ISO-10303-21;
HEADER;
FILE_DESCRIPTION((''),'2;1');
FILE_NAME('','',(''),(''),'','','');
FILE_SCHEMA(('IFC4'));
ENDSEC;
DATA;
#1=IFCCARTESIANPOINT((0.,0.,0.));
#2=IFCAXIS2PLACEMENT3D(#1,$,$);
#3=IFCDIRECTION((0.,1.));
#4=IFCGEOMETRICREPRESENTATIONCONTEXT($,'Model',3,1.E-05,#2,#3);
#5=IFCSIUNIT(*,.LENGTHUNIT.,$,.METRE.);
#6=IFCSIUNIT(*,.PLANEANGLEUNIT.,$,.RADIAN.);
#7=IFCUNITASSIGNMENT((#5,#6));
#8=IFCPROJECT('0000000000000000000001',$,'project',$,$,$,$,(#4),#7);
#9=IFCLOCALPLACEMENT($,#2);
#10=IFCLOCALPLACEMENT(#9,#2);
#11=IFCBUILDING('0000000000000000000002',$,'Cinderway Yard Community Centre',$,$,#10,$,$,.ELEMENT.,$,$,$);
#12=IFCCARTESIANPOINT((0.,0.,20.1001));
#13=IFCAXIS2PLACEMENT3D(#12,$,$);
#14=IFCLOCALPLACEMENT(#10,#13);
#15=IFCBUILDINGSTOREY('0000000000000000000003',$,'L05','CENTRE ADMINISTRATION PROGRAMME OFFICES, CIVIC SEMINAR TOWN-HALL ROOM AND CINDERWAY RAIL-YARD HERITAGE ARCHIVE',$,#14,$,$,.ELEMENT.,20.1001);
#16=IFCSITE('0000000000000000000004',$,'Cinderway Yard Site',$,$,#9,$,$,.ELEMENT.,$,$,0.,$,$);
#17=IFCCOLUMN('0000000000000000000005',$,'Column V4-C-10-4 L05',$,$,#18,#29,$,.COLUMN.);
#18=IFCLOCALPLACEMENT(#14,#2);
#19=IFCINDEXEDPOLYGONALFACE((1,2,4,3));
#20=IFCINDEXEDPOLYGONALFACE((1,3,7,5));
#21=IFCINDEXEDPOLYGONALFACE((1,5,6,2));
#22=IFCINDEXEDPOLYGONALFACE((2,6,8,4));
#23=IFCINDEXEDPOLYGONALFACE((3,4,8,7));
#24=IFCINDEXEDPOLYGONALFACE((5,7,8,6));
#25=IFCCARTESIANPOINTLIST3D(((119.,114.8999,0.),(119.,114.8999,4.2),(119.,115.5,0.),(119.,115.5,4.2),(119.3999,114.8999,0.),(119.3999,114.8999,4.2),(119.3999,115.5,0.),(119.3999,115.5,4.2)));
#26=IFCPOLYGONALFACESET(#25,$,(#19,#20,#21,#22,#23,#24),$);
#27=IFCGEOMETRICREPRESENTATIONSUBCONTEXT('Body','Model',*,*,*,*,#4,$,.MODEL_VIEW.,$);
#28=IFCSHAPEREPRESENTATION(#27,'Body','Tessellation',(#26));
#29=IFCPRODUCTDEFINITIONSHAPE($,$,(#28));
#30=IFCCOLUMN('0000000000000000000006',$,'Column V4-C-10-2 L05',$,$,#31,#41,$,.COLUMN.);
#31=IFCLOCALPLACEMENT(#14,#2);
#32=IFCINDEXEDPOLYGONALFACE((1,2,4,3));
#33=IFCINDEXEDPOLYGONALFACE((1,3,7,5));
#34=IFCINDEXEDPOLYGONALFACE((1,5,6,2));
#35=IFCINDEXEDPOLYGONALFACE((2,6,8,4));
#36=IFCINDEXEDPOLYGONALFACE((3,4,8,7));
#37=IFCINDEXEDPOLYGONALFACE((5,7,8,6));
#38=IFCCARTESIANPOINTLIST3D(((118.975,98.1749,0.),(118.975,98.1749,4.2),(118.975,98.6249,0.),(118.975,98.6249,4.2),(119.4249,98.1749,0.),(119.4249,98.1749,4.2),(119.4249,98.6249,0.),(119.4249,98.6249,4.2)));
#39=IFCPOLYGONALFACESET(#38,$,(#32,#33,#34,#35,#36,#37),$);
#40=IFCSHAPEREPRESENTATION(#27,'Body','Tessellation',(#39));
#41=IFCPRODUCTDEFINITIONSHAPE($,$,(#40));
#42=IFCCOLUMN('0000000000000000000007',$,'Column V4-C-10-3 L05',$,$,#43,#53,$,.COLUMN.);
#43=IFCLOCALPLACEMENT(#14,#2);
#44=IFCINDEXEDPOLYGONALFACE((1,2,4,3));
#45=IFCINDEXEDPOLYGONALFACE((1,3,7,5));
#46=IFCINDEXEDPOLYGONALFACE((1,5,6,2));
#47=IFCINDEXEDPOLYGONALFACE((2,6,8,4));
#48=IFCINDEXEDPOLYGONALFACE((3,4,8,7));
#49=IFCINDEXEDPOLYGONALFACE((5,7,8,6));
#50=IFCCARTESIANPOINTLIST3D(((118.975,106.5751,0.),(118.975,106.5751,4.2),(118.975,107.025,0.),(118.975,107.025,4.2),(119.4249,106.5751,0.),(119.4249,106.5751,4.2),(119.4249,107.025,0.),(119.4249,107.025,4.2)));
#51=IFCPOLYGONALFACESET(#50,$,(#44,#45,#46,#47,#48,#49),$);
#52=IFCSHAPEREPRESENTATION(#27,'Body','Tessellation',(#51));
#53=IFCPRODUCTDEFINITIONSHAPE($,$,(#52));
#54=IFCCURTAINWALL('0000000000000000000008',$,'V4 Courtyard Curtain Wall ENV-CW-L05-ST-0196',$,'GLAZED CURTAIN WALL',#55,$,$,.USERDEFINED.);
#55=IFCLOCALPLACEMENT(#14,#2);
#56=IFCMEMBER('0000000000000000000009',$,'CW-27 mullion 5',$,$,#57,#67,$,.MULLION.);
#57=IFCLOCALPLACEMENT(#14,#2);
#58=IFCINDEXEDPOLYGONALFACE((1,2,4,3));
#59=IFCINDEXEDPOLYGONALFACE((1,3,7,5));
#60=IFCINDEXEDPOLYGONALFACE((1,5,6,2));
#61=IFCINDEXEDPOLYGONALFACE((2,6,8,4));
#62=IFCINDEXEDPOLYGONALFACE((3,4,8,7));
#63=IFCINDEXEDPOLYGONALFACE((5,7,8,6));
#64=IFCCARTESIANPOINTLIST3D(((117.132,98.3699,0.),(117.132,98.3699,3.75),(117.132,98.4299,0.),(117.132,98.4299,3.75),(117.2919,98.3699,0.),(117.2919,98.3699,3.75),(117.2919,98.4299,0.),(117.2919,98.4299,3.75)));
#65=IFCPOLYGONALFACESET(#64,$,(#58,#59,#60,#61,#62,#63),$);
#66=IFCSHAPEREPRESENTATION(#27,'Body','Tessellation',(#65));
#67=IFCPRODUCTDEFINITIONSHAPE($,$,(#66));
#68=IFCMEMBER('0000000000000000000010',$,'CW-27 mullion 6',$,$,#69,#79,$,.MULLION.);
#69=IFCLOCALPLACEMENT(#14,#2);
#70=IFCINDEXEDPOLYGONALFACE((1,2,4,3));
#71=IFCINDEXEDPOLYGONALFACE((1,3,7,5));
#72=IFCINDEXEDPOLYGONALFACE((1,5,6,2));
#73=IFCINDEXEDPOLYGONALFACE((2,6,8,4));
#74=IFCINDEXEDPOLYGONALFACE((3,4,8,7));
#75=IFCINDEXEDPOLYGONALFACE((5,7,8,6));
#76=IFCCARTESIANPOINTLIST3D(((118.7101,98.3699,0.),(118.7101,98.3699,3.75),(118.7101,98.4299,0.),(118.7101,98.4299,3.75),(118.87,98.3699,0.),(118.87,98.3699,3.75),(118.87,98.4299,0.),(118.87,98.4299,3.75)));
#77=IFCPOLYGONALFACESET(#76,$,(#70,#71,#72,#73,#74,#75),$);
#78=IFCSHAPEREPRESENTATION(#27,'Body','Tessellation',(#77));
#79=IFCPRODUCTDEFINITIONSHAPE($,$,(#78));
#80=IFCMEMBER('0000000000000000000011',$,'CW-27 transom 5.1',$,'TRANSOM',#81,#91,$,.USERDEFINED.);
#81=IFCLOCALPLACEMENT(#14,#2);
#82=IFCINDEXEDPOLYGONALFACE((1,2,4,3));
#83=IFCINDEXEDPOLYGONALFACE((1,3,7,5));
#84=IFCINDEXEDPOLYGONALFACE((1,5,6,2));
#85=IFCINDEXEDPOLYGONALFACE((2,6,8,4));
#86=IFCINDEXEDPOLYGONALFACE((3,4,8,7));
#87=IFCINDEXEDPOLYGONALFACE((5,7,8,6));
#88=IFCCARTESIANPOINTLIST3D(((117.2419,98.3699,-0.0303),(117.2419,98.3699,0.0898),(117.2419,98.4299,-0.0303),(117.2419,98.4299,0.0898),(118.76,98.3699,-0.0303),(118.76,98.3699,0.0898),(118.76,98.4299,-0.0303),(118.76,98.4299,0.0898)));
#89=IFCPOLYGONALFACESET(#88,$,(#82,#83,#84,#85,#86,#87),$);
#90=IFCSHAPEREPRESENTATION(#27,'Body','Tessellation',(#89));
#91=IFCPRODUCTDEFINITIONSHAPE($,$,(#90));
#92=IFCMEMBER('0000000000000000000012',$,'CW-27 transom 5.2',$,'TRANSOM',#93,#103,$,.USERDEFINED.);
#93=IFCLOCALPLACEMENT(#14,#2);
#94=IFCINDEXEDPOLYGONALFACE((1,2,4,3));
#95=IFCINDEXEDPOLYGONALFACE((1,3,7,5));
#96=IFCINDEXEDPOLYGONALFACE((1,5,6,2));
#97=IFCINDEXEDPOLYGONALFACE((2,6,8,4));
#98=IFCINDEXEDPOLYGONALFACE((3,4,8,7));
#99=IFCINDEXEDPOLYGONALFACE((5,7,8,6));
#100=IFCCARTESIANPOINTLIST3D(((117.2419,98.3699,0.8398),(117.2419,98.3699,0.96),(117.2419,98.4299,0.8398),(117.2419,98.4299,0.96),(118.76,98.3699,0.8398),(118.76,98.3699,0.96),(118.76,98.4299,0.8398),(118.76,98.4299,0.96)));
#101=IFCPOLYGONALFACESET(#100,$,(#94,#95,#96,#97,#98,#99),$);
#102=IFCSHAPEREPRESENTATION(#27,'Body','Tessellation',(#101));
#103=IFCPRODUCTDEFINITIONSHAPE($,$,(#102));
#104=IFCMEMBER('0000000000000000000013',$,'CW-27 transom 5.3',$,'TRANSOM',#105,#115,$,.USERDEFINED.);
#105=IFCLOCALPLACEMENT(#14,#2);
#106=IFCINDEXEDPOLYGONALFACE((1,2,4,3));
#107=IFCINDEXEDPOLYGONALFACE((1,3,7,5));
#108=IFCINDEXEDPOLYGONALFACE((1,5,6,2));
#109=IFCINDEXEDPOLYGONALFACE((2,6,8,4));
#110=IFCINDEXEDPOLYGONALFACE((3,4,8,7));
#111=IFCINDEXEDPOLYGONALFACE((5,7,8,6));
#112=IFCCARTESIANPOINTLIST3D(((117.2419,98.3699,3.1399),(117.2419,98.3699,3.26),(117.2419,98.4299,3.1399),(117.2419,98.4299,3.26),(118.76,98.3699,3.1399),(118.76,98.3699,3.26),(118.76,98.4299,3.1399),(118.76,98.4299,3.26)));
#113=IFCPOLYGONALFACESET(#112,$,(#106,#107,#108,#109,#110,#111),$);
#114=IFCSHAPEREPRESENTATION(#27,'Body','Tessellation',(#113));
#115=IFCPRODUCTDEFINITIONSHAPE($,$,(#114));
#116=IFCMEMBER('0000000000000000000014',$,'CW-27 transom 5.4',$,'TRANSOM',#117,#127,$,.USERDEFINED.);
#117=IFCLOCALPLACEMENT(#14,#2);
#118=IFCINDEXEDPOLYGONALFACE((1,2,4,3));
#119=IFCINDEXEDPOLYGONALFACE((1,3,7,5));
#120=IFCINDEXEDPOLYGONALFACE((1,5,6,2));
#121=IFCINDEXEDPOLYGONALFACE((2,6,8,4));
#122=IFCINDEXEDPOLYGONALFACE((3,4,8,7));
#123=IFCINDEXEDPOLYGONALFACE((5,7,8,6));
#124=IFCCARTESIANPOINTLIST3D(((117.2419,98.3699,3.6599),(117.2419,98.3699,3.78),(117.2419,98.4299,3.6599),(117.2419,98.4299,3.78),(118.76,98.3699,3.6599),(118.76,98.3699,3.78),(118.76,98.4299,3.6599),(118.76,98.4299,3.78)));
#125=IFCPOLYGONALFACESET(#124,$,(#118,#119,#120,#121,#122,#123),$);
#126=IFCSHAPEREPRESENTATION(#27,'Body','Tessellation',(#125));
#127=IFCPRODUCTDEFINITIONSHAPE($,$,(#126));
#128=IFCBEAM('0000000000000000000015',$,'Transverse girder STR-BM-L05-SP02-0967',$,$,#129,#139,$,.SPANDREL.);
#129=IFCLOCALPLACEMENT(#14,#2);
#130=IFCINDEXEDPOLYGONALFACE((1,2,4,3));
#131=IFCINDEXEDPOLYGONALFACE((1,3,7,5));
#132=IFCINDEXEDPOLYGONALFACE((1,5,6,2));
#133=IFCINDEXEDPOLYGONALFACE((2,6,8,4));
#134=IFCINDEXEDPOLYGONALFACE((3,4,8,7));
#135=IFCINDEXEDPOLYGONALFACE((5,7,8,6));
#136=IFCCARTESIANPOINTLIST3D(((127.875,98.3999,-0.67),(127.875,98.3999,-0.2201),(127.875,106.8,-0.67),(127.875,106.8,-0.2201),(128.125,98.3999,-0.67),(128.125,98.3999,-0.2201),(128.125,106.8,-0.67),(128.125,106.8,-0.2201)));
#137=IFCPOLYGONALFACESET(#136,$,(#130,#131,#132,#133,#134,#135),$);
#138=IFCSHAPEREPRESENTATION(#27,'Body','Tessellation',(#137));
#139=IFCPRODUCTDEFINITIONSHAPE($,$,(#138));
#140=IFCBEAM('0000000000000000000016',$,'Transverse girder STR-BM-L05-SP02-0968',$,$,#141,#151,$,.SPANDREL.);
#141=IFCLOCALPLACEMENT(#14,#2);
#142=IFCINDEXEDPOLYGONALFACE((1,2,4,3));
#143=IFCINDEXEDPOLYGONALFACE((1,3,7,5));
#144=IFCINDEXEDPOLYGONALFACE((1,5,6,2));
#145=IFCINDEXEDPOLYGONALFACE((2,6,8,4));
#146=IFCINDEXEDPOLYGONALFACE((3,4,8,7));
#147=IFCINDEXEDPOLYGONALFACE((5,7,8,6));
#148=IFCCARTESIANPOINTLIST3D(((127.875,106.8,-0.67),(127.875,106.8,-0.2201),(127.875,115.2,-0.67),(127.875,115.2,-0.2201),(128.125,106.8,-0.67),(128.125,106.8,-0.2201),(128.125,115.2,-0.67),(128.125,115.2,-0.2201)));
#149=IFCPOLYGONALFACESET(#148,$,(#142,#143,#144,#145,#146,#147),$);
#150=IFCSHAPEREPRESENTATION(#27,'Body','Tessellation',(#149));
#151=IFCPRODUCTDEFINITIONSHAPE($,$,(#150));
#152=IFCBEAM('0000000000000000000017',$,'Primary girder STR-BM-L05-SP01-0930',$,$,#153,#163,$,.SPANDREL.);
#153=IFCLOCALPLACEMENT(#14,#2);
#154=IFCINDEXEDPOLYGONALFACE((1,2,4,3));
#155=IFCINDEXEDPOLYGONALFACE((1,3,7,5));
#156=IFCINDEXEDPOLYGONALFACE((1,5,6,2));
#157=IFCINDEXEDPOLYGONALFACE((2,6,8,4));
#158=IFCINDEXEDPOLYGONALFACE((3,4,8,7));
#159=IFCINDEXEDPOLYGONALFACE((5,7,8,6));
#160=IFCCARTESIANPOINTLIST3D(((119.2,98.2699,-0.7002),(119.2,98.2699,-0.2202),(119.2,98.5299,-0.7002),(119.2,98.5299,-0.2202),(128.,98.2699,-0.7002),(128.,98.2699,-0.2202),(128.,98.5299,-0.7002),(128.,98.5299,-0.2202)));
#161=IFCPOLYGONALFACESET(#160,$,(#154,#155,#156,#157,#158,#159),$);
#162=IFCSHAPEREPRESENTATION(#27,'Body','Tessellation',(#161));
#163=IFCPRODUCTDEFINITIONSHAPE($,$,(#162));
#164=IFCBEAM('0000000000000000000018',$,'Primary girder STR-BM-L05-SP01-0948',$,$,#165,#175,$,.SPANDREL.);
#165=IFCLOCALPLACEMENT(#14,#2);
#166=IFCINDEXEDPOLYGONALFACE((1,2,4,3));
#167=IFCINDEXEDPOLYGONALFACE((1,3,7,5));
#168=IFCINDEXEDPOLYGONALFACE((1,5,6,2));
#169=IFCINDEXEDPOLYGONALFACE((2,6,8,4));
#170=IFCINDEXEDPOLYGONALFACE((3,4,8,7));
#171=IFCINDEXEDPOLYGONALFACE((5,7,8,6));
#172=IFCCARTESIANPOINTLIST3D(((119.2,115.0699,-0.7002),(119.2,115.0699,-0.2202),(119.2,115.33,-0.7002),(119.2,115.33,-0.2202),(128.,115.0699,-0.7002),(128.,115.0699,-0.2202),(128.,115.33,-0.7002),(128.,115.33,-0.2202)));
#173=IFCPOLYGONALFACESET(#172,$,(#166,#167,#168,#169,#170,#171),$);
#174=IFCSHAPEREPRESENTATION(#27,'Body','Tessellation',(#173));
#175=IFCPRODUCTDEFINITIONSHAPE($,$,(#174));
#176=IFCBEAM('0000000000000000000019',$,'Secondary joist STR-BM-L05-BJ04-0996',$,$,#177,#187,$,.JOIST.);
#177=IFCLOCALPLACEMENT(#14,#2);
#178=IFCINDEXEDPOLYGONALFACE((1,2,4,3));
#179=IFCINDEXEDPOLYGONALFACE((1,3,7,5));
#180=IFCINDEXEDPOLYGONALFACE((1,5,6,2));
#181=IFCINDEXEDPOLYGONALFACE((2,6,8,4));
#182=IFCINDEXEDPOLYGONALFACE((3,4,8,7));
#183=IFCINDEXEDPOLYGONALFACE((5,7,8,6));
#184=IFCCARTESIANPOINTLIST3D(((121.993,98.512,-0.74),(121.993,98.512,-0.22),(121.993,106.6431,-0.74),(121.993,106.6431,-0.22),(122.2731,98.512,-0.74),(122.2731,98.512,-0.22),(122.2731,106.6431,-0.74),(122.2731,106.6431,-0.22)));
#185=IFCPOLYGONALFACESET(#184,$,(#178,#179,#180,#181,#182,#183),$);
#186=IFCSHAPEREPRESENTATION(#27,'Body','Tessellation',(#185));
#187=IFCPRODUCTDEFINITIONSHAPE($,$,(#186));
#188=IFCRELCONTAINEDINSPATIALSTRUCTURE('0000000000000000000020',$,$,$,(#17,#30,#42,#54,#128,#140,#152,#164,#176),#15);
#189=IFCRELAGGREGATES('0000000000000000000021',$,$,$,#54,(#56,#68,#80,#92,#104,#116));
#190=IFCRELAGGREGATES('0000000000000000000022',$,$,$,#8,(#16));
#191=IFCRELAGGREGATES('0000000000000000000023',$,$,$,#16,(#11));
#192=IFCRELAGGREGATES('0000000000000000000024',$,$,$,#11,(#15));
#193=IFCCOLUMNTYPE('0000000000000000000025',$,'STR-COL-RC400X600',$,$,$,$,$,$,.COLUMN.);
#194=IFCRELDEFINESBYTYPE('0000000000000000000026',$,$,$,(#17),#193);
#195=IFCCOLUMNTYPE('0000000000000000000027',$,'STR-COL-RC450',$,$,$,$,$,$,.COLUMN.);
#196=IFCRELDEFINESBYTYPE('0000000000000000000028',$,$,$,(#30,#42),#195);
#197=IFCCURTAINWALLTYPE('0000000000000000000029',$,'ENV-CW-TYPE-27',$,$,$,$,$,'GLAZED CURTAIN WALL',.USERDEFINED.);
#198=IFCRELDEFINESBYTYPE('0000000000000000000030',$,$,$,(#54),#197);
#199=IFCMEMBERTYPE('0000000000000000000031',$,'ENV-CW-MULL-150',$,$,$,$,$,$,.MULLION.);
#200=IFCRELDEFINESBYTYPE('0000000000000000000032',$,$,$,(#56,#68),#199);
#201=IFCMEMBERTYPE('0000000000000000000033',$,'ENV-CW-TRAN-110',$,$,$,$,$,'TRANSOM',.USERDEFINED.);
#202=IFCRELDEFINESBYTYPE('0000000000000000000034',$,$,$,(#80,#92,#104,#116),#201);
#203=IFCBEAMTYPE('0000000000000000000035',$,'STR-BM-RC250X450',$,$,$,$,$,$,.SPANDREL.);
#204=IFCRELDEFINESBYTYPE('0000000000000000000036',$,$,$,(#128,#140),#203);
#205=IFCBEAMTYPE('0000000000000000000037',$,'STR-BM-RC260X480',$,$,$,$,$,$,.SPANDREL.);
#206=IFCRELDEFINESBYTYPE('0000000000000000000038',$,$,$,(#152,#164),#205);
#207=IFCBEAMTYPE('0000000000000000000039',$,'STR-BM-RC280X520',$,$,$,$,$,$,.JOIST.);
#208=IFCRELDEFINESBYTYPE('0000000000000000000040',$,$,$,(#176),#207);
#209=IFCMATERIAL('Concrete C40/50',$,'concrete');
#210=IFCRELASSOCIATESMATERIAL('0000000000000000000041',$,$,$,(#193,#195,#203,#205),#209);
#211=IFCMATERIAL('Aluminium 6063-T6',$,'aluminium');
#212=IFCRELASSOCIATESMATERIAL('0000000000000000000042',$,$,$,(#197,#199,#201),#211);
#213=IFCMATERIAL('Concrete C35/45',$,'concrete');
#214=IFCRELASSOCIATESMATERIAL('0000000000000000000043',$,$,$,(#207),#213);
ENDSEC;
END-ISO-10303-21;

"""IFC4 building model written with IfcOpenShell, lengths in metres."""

from ifc_helpers import new_model, si_unit, direction, frame, origin, origin_2d, place, context, subcontext, project, spatial, rectangle, extrude, material, material_profile, profile_set, type_object, element, aggregate, save


model = new_model("IFC4")

# Units and contexts
model_context = context("Model", 3, precision=1e-05, world=origin(), true_north=direction((0.0, 1.0)))
body_context = subcontext(model_context, "Body", "Model", "MODEL_VIEW")
ifc_project = project(units=[si_unit("LENGTHUNIT", "METRE"), si_unit("PLANEANGLEUNIT", "RADIAN")], contexts=[model_context])

# Site, building, storey
site_placement = place(None, origin())
site = spatial("IfcSite", under=ifc_project, at=site_placement, Name="Cinderway Yard Site", CompositionType="ELEMENT", RefElevation=0.0)
building_placement = place(site_placement, origin())
building = spatial("IfcBuilding", under=site, at=building_placement, Name="Cinderway Yard Community Centre", CompositionType="ELEMENT")
storey_placement = place(building_placement, frame((0.0, 0.0, 20.1001)))
storey = spatial("IfcBuildingStorey", under=building, at=storey_placement, Name="L05", Description="CENTRE ADMINISTRATION PROGRAMME OFFICES, CIVIC SEMINAR TOWN-HALL ROOM AND CINDERWAY RAIL-YARD HERITAGE ARCHIVE", CompositionType="ELEMENT", Elevation=20.1001)

# Columns
ifc_material_1 = material(Name="Concrete C40/50", Category="concrete")
ifc_material_profile_1 = material_profile(ifc_material_1, rectangle(XDim=0.3999, YDim=0.6001, at=origin_2d()), Name="Concrete C40/50")
ifc_profile_set_1 = profile_set([ifc_material_profile_1], Name="Concrete C40/50")
column_type_1 = type_object("IfcColumnType", Name="STR-COL-RC400X600", PredefinedType="COLUMN", material=ifc_profile_set_1)
column_placement = place(storey_placement, frame((119.2, 115.2, 0.0), z_axis=(0.0, 0.0, 1.0), x_axis=(1.0, 0.0, 0.0)))
element("IfcColumn", 1, at=column_placement, inside=storey, type_object=column_type_1, Name="Column V4-C-10-4 L05", PredefinedType="COLUMN", context=body_context, shape_type="SweptSolid", body=[
    extrude(rectangle(XDim=0.3999, YDim=0.6001, at=origin_2d()), origin(), (0.0, 0.0, 1.0), 4.2),
])
ifc_material_profile_2 = material_profile(ifc_material_1, rectangle(XDim=0.45, YDim=0.45, at=origin_2d()), Name="Concrete C40/50")
ifc_profile_set_2 = profile_set([ifc_material_profile_2], Name="Concrete C40/50")
column_type_2 = type_object("IfcColumnType", Name="STR-COL-RC450", PredefinedType="COLUMN", material=ifc_profile_set_2)
for number, where, z_axis, x_axis, name in (
    (2, (119.2, 98.3999, 0.0), (0.0, 0.0, 1.0), (1.0, 0.0, 0.0), "Column V4-C-10-2 L05"),
    (3, (119.2, 106.8, 0.0), (0.0, 0.0, 1.0), (1.0, 0.0, 0.0), "Column V4-C-10-3 L05"),
):
    element("IfcColumn", number, at=place(storey_placement, frame(where, z_axis=z_axis, x_axis=x_axis)), inside=storey, type_object=column_type_2, Name=name, PredefinedType="COLUMN", context=body_context, shape_type="SweptSolid", body=[
        extrude(rectangle(XDim=0.45, YDim=0.45, at=origin_2d()), origin(), (0.0, 0.0, 1.0), 4.2),
    ])

# Curtain wall, members
ifc_material_2 = material(Name="Aluminium 6063-T6", Category="aluminium")
curtain_wall_type = type_object("IfcCurtainWallType", Name="ENV-CW-TYPE-27", ElementType="GLAZED CURTAIN WALL", PredefinedType="USERDEFINED", material=ifc_material_2)
curtain_wall_placement = place(storey_placement, origin())
curtain_wall = element("IfcCurtainWall", 4, at=curtain_wall_placement, inside=storey, type_object=curtain_wall_type, Name="V4 Courtyard Curtain Wall ENV-CW-L05-ST-0196", ObjectType="GLAZED CURTAIN WALL", PredefinedType="USERDEFINED")
ifc_material_profile_3 = material_profile(ifc_material_2, rectangle(XDim=0.0601, YDim=0.1599, at=origin_2d()), Name="Aluminium 6063-T6")
ifc_profile_set_3 = profile_set([ifc_material_profile_3], Name="Aluminium 6063-T6")
member_type_1 = type_object("IfcMemberType", Name="ENV-CW-MULL-150", PredefinedType="MULLION", material=ifc_profile_set_3)
member_1_placement = place(storey_placement, frame((117.2119, 98.3999, 0.0), z_axis=(0.0, 0.0, 1.0), x_axis=(0.0, 1.0, 0.0)))
member_1 = element("IfcMember", 5, at=member_1_placement, type_object=member_type_1, Name="CW-27 mullion 5", PredefinedType="MULLION", context=body_context, shape_type="SweptSolid", body=[
    extrude(rectangle(XDim=0.0601, YDim=0.1599, at=origin_2d()), origin(), (0.0, 0.0, 1.0), 3.75),
])
member_2_placement = place(storey_placement, frame((118.79, 98.3999, 0.0), z_axis=(0.0, 0.0, 1.0), x_axis=(0.0, 1.0, 0.0)))
member_2 = element("IfcMember", 6, at=member_2_placement, type_object=member_type_1, Name="CW-27 mullion 6", PredefinedType="MULLION", context=body_context, shape_type="SweptSolid", body=[
    extrude(rectangle(XDim=0.0601, YDim=0.1599, at=origin_2d()), origin(), (0.0, 0.0, 1.0), 3.75),
])
ifc_material_profile_4 = material_profile(ifc_material_2, rectangle(XDim=0.0601, YDim=0.1201, at=origin_2d()), Name="Aluminium 6063-T6")
ifc_profile_set_4 = profile_set([ifc_material_profile_4], Name="Aluminium 6063-T6")
member_type_2 = type_object("IfcMemberType", Name="ENV-CW-TRAN-110", ElementType="TRANSOM", PredefinedType="USERDEFINED", material=ifc_profile_set_4)
member_3_placement = place(storey_placement, frame((117.2419, 98.3999, 0.0298), z_axis=(1.0, 0.0, 0.0), x_axis=(0.0, 1.0, 0.0)))
member_3 = element("IfcMember", 7, at=member_3_placement, type_object=member_type_2, Name="CW-27 transom 5.1", ObjectType="TRANSOM", PredefinedType="USERDEFINED", context=body_context, shape_type="SweptSolid", body=[
    extrude(rectangle(XDim=0.0601, YDim=0.1201, at=origin_2d()), origin(), (0.0, 0.0, 1.0), 1.5181),
])
member_4_placement = place(storey_placement, frame((117.2419, 98.3999, 0.8999), z_axis=(1.0, 0.0, 0.0), x_axis=(0.0, 1.0, 0.0)))
member_4 = element("IfcMember", 8, at=member_4_placement, type_object=member_type_2, Name="CW-27 transom 5.2", ObjectType="TRANSOM", PredefinedType="USERDEFINED", context=body_context, shape_type="SweptSolid", body=[
    extrude(rectangle(XDim=0.0601, YDim=0.1201, at=origin_2d()), origin(), (0.0, 0.0, 1.0), 1.5181),
])
member_5_placement = place(storey_placement, frame((117.2419, 98.3999, 3.2), z_axis=(1.0, 0.0, 0.0), x_axis=(0.0, 1.0, 0.0)))
member_5 = element("IfcMember", 9, at=member_5_placement, type_object=member_type_2, Name="CW-27 transom 5.3", ObjectType="TRANSOM", PredefinedType="USERDEFINED", context=body_context, shape_type="SweptSolid", body=[
    extrude(rectangle(XDim=0.0601, YDim=0.1201, at=origin_2d()), origin(), (0.0, 0.0, 1.0), 1.5181),
])
member_6_placement = place(storey_placement, frame((117.2419, 98.3999, 3.72), z_axis=(1.0, 0.0, 0.0), x_axis=(0.0, 1.0, 0.0)))
member_6 = element("IfcMember", 10, at=member_6_placement, type_object=member_type_2, Name="CW-27 transom 5.4", ObjectType="TRANSOM", PredefinedType="USERDEFINED", context=body_context, shape_type="SweptSolid", body=[
    extrude(rectangle(XDim=0.0601, YDim=0.1201, at=origin_2d()), origin(), (0.0, 0.0, 1.0), 1.5181),
])

# Beams
ifc_material_profile_5 = material_profile(ifc_material_1, rectangle(XDim=0.25, YDim=0.45, at=origin_2d()), Name="Concrete C40/50")
ifc_profile_set_5 = profile_set([ifc_material_profile_5], Name="Concrete C40/50")
beam_type_1 = type_object("IfcBeamType", Name="STR-BM-RC250X450", PredefinedType="SPANDREL", material=ifc_profile_set_5)
beam_1_placement = place(storey_placement, frame((128.0, 98.3999, -0.4451), z_axis=(0.0, 1.0, 0.0), x_axis=(-1.0, 0.0, 0.0)))
element("IfcBeam", 11, at=beam_1_placement, inside=storey, type_object=beam_type_1, Name="Transverse girder STR-BM-L05-SP02-0967", PredefinedType="SPANDREL", context=body_context, shape_type="SweptSolid", body=[
    extrude(rectangle(XDim=0.25, YDim=0.45, at=origin_2d()), origin(), (0.0, 0.0, 1.0), 8.4001),
])
beam_2_placement = place(storey_placement, frame((128.0, 106.8, -0.4451), z_axis=(0.0, 1.0, 0.0), x_axis=(-1.0, 0.0, 0.0)))
element("IfcBeam", 12, at=beam_2_placement, inside=storey, type_object=beam_type_1, Name="Transverse girder STR-BM-L05-SP02-0968", PredefinedType="SPANDREL", context=body_context, shape_type="SweptSolid", body=[
    extrude(rectangle(XDim=0.25, YDim=0.45, at=origin_2d()), origin(), (0.0, 0.0, 1.0), 8.3999),
])
ifc_material_profile_6 = material_profile(ifc_material_1, rectangle(XDim=0.26, YDim=0.48, at=origin_2d()), Name="Concrete C40/50")
ifc_profile_set_6 = profile_set([ifc_material_profile_6], Name="Concrete C40/50")
beam_type_2 = type_object("IfcBeamType", Name="STR-BM-RC260X480", PredefinedType="SPANDREL", material=ifc_profile_set_6)
for number, where, z_axis, x_axis, name in (
    (13, (119.2, 98.3999, -0.4602), (1.0, 0.0, 0.0), (0.0, 1.0, 0.0), "Primary girder STR-BM-L05-SP01-0930"),
    (14, (119.2, 115.2, -0.4602), (1.0, 0.0, 0.0), (0.0, 1.0, 0.0), "Primary girder STR-BM-L05-SP01-0948"),
):
    element("IfcBeam", number, at=place(storey_placement, frame(where, z_axis=z_axis, x_axis=x_axis)), inside=storey, type_object=beam_type_2, Name=name, PredefinedType="SPANDREL", context=body_context, shape_type="SweptSolid", body=[
        extrude(rectangle(XDim=0.26, YDim=0.48, at=origin_2d()), origin(), (0.0, 0.0, 1.0), 8.8),
    ])
ifc_material_3 = material(Name="Concrete C35/45", Category="concrete")
ifc_material_profile_7 = material_profile(ifc_material_3, rectangle(XDim=0.28, YDim=0.52, at=origin_2d()), Name="Concrete C35/45")
ifc_profile_set_7 = profile_set([ifc_material_profile_7], Name="Concrete C35/45")
beam_type_3 = type_object("IfcBeamType", Name="STR-BM-RC280X520", PredefinedType="JOIST", material=ifc_profile_set_7)
for number, where, z_axis, x_axis, name in (
    (15, (122.1331, 98.512, -0.48), (0.0, 1.0, 0.0), (-1.0, 0.0, 0.0), "Secondary joist STR-BM-L05-BJ04-0996"),
):
    element("IfcBeam", number, at=place(storey_placement, frame(where, z_axis=z_axis, x_axis=x_axis)), inside=storey, type_object=beam_type_3, Name=name, PredefinedType="JOIST", context=body_context, shape_type="SweptSolid", body=[
        extrude(rectangle(XDim=0.28, YDim=0.52, at=origin_2d()), origin(), (0.0, 0.0, 1.0), 8.1311),
    ])

aggregate(curtain_wall, [member_1, member_2, member_3, member_4, member_5, member_6])

save(model, "model.ifc")
